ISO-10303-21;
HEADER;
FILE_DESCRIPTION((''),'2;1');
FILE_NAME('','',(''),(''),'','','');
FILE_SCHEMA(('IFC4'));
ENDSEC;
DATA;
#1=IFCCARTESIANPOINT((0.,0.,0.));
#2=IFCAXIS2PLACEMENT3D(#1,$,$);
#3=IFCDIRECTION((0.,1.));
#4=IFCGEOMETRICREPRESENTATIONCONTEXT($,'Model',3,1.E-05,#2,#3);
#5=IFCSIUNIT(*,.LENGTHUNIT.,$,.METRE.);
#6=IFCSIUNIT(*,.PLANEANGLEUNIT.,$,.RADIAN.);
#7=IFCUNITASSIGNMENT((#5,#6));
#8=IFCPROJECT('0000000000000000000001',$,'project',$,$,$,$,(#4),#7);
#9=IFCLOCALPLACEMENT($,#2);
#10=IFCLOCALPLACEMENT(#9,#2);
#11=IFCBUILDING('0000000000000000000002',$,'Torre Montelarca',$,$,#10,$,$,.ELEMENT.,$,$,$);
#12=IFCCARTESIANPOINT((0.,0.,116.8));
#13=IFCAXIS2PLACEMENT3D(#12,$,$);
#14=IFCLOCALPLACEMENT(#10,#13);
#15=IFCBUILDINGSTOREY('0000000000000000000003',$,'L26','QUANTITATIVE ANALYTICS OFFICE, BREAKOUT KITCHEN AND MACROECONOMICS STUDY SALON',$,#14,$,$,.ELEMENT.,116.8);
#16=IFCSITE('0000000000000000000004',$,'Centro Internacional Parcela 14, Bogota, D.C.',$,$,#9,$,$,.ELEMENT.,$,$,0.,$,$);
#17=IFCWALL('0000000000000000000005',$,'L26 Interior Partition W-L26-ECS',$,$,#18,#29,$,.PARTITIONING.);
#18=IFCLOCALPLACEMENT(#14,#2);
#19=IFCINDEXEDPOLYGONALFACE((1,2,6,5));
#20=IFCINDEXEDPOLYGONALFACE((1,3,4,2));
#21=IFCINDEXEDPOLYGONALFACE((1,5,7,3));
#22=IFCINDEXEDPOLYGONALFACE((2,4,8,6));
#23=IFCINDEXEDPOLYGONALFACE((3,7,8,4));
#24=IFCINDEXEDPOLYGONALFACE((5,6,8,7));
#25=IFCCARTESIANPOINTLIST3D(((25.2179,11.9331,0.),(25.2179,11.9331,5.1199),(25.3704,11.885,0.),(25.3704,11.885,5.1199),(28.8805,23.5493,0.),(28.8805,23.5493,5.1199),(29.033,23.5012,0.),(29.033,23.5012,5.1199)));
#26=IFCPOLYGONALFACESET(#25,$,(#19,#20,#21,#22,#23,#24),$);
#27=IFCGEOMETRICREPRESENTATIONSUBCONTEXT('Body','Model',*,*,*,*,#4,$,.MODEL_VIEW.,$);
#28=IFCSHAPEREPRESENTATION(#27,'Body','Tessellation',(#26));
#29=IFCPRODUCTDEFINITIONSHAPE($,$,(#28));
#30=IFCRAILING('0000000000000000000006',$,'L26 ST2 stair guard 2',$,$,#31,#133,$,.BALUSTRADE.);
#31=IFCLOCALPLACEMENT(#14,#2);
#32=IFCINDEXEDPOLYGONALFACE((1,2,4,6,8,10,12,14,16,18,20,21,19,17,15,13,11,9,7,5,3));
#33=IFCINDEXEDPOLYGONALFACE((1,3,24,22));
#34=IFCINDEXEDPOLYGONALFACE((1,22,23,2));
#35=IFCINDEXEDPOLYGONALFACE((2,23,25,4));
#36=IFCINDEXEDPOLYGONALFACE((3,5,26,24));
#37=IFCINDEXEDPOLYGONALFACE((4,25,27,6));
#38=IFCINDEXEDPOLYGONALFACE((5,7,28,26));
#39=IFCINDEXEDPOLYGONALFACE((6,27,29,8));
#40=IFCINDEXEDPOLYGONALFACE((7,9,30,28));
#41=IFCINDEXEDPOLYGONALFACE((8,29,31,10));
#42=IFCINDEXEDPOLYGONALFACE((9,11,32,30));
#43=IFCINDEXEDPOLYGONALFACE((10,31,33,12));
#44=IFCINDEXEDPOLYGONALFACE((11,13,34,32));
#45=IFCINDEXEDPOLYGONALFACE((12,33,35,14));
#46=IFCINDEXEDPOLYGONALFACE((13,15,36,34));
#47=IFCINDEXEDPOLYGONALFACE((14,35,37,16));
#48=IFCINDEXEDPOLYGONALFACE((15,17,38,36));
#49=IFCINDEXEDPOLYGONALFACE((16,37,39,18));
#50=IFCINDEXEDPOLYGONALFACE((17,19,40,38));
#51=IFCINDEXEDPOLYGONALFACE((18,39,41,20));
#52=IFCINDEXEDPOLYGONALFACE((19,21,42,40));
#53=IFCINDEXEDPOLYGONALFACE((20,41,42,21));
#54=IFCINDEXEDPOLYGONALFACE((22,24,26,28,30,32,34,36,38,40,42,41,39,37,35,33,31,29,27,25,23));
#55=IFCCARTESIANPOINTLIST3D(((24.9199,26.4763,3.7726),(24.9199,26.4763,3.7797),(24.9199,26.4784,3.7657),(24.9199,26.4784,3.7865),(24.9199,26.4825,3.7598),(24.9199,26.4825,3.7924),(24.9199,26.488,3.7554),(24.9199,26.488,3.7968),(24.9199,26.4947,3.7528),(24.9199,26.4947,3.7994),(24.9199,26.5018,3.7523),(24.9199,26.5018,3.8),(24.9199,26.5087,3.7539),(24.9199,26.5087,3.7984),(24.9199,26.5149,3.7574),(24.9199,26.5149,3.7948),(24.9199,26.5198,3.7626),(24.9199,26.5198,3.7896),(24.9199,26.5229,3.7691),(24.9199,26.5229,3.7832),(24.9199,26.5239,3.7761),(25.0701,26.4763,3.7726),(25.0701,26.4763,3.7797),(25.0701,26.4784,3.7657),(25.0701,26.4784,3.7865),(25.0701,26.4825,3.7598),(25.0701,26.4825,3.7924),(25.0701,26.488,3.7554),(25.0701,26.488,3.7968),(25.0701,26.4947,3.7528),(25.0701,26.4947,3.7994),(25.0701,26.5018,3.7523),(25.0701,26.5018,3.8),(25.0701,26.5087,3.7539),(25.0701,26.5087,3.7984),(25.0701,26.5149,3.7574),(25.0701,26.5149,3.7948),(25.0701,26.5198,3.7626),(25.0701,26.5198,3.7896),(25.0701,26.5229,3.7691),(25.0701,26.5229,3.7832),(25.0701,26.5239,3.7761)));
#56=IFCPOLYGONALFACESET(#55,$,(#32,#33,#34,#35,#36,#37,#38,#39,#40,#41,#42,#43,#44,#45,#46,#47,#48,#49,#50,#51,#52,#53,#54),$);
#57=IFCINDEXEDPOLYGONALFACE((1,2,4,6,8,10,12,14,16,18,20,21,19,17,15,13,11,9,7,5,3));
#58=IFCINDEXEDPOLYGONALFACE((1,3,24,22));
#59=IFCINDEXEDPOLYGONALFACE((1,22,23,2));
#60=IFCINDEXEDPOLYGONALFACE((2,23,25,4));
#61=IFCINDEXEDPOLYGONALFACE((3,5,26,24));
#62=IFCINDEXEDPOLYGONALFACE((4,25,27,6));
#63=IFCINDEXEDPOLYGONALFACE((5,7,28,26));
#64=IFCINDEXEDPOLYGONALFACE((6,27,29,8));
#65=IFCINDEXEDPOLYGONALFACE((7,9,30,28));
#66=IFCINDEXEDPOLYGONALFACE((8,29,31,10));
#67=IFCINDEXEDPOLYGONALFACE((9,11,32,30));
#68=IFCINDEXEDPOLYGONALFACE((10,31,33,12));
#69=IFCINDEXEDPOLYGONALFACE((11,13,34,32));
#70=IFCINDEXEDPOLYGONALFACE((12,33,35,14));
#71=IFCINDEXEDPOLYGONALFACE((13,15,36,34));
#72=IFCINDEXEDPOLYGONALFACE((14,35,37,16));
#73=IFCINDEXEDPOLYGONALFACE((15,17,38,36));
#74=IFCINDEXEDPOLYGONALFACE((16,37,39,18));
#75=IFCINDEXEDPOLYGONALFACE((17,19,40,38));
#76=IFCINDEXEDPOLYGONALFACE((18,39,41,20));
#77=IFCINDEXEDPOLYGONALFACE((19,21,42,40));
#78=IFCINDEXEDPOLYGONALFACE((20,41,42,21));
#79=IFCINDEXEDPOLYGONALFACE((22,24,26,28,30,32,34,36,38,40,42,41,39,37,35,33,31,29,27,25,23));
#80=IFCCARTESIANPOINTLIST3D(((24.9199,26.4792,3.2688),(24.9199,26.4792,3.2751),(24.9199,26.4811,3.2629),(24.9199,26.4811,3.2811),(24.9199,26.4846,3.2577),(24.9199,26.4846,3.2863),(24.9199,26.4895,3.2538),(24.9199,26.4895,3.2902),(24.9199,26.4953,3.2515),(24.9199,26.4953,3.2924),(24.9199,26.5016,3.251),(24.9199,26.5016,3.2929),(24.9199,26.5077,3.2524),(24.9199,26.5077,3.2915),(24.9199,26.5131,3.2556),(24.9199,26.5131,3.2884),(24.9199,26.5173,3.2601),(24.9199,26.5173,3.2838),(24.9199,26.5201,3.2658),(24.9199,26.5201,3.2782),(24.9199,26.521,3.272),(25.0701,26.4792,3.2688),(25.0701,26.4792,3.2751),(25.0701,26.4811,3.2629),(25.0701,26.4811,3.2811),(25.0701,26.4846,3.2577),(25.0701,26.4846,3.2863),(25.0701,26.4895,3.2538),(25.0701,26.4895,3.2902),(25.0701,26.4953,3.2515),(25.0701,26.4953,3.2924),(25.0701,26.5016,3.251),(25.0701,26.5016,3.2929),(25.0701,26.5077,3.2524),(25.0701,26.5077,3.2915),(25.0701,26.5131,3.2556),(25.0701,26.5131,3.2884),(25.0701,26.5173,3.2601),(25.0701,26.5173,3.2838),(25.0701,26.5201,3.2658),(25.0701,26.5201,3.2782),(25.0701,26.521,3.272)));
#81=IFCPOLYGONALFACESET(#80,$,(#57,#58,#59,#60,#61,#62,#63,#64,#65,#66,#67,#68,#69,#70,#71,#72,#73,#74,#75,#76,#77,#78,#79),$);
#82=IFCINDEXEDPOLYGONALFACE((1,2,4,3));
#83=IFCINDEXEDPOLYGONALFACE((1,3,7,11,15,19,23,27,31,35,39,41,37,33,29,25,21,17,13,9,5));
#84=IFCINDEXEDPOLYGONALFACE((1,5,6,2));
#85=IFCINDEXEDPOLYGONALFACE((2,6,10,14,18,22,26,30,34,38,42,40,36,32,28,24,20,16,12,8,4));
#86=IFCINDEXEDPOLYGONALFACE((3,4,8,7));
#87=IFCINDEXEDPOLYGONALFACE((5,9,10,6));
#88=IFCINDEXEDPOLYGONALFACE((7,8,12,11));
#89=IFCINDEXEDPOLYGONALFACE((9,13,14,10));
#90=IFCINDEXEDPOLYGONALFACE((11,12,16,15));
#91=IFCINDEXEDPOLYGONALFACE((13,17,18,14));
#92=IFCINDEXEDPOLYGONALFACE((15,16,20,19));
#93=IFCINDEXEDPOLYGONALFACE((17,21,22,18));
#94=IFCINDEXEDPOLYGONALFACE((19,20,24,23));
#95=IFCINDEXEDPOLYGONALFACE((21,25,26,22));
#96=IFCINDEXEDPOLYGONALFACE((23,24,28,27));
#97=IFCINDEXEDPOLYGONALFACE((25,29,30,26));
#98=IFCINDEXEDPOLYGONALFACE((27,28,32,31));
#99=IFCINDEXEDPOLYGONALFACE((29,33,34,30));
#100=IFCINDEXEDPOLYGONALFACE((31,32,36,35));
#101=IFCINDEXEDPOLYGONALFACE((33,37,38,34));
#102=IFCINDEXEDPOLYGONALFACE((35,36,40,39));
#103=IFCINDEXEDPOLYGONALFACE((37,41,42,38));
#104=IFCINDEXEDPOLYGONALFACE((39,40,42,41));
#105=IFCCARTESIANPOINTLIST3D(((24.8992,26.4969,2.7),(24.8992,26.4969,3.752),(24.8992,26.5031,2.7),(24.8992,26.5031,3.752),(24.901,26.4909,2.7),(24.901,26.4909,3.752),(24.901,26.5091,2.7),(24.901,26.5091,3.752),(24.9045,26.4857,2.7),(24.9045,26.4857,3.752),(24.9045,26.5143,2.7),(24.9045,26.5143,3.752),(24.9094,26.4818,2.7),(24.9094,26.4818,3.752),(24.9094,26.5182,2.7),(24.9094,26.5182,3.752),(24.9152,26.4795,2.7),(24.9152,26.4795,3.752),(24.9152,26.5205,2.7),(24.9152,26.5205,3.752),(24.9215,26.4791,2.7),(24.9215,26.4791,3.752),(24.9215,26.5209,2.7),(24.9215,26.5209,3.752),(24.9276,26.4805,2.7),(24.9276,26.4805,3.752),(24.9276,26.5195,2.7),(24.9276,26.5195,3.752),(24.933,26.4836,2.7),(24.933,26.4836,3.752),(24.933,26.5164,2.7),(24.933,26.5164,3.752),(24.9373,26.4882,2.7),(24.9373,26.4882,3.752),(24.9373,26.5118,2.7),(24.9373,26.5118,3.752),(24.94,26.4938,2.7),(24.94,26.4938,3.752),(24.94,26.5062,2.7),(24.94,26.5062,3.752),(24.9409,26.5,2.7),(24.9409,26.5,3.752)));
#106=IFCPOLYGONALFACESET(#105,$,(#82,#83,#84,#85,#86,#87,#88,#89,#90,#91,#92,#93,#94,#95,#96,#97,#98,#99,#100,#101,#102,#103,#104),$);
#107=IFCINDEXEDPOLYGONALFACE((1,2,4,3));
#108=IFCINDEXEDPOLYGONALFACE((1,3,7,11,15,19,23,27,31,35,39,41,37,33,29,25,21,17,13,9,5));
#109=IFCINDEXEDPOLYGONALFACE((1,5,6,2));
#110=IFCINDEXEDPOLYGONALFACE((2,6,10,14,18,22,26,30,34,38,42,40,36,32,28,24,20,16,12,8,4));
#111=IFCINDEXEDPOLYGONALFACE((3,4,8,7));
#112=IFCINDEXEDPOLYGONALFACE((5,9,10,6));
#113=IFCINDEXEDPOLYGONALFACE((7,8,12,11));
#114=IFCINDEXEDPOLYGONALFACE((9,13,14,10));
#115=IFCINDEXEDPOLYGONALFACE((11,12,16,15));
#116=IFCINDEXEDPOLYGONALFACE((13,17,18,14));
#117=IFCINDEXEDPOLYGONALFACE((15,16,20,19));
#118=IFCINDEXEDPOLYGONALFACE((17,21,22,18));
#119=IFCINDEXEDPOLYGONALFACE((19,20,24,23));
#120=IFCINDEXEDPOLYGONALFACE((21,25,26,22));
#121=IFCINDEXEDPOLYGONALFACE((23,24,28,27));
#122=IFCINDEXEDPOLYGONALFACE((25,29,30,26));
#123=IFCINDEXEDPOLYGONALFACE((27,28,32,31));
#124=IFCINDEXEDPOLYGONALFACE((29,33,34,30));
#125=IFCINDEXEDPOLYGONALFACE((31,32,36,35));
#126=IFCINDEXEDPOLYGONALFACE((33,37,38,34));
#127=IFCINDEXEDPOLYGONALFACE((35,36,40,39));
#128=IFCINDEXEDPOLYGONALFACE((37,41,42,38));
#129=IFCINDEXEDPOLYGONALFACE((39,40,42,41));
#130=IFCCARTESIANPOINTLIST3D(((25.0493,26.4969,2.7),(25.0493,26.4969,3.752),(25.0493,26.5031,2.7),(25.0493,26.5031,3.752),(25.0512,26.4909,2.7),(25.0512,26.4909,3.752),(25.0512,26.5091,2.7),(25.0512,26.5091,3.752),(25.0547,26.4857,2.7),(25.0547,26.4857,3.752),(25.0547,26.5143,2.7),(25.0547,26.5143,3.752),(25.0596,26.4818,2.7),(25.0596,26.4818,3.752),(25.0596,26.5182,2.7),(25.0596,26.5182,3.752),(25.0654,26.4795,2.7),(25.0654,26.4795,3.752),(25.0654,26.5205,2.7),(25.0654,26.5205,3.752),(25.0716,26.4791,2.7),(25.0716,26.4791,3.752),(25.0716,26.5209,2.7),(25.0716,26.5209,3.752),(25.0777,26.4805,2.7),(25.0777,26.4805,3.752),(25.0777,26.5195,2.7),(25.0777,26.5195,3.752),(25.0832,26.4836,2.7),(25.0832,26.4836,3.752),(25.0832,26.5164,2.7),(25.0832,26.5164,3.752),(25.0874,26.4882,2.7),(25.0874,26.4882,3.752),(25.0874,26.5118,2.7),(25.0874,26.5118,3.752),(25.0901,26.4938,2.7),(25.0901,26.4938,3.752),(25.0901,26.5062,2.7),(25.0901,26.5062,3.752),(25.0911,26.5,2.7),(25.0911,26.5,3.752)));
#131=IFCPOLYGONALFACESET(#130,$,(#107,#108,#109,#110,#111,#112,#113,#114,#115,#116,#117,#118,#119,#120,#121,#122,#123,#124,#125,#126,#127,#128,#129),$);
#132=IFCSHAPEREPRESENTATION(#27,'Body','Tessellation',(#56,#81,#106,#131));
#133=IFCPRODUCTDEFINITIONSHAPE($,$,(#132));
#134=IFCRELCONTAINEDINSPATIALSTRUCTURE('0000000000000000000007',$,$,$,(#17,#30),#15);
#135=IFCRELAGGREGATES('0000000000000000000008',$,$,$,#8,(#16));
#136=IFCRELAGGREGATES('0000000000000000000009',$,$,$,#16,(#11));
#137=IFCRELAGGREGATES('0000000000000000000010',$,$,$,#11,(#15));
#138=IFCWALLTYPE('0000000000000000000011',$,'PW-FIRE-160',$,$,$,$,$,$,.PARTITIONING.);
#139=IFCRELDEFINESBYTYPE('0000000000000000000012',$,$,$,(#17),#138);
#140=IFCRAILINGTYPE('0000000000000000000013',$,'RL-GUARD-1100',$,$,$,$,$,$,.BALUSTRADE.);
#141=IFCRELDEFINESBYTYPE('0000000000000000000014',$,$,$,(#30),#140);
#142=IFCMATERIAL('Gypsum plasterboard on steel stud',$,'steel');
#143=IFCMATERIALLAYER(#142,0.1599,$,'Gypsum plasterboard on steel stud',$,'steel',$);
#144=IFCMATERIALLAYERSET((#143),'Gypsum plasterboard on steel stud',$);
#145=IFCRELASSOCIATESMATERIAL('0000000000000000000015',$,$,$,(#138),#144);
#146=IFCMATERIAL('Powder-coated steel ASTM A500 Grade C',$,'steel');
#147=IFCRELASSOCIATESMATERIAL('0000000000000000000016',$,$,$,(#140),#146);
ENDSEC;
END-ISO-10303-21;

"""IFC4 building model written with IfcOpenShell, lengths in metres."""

from ifc_helpers import new_model, si_unit, direction, frame, frame_2d, origin, origin_2d, place, context, subcontext, project, spatial, rectangle, circle, extrude, material, layer, layer_set, type_object, element, save


model = new_model("IFC4")

# Units and contexts
model_context = context("Model", 3, precision=1e-05, world=origin(), true_north=direction((0.0, 1.0)))
body_context = subcontext(model_context, "Body", "Model", "MODEL_VIEW")
ifc_project = project(units=[si_unit("LENGTHUNIT", "METRE"), si_unit("PLANEANGLEUNIT", "RADIAN")], contexts=[model_context])

# Site, building, storey
site_placement = place(None, origin())
site = spatial("IfcSite", under=ifc_project, at=site_placement, Name="Centro Internacional Parcela 14, Bogota, D.C.", CompositionType="ELEMENT", RefElevation=0.0)
building_placement = place(site_placement, origin())
building = spatial("IfcBuilding", under=site, at=building_placement, Name="Torre Montelarca", CompositionType="ELEMENT")
storey_placement = place(building_placement, frame((0.0, 0.0, 116.8)))
storey = spatial("IfcBuildingStorey", under=building, at=storey_placement, Name="L26", Description="QUANTITATIVE ANALYTICS OFFICE, BREAKOUT KITCHEN AND MACROECONOMICS STUDY SALON", CompositionType="ELEMENT", Elevation=116.8)

# Wall
ifc_material_1 = material(Name="Gypsum plasterboard on steel stud", Category="steel")
ifc_layer_1 = layer(ifc_material_1, 0.1599, Name="Gypsum plasterboard on steel stud", Category="steel")
ifc_layer_set_1 = layer_set([ifc_layer_1], Name="Gypsum plasterboard on steel stud")
wall_type_1 = type_object("IfcWallType", Name="PW-FIRE-160", PredefinedType="PARTITIONING", material=ifc_layer_set_1)
wall_1_placement = place(storey_placement, frame((25.2942, 11.9092, 0.0), z_axis=(0.0, 0.0, 1.0), x_axis=(0.300707, 0.953716, 0.0)))
element("IfcWall", 1, at=wall_1_placement, inside=storey, type_object=wall_type_1, Name="L26 Interior Partition W-L26-ECS", PredefinedType="PARTITIONING", context=body_context, shape_type="SweptSolid", body=[
    extrude(rectangle(XDim=12.1799, YDim=0.1599, at=frame_2d((6.0898, 0.0))), origin(), (0.0, 0.0, 1.0), 5.1199),
])

# Railing
ifc_material_2 = material(Name="Powder-coated steel ASTM A500 Grade C", Category="steel")
railing_type = type_object("IfcRailingType", Name="RL-GUARD-1100", PredefinedType="BALUSTRADE", material=ifc_material_2)
railing_1_placement = place(storey_placement, frame((24.9199, 26.5, 2.7)))
element("IfcRailing", 2, at=railing_1_placement, inside=storey, type_object=railing_type, Name="L26 ST2 stair guard 2", PredefinedType="BALUSTRADE", context=body_context, shape_type="SweptSolid", body=[
    extrude(circle(Radius=0.0239, at=origin_2d()), frame((0.0, 0.0, 1.0762), z_axis=(1.0, 0.0, 0.0), x_axis=(0.0, 1.0, 0.0)), (0.0, 0.0, 1.0), 0.1501),
    extrude(circle(Radius=0.021, at=origin_2d()), frame((0.0, 0.0, 0.572), z_axis=(1.0, 0.0, 0.0), x_axis=(0.0, 1.0, 0.0)), (0.0, 0.0, 1.0), 0.1501),
    extrude(circle(Radius=0.021, at=origin_2d()), origin(), (0.0, 0.0, 1.0), 1.052),
    extrude(circle(Radius=0.021, at=origin_2d()), frame((0.1501, 0.0, 0.0)), (0.0, 0.0, 1.0), 1.052),
])

save(model, "model.ifc")
